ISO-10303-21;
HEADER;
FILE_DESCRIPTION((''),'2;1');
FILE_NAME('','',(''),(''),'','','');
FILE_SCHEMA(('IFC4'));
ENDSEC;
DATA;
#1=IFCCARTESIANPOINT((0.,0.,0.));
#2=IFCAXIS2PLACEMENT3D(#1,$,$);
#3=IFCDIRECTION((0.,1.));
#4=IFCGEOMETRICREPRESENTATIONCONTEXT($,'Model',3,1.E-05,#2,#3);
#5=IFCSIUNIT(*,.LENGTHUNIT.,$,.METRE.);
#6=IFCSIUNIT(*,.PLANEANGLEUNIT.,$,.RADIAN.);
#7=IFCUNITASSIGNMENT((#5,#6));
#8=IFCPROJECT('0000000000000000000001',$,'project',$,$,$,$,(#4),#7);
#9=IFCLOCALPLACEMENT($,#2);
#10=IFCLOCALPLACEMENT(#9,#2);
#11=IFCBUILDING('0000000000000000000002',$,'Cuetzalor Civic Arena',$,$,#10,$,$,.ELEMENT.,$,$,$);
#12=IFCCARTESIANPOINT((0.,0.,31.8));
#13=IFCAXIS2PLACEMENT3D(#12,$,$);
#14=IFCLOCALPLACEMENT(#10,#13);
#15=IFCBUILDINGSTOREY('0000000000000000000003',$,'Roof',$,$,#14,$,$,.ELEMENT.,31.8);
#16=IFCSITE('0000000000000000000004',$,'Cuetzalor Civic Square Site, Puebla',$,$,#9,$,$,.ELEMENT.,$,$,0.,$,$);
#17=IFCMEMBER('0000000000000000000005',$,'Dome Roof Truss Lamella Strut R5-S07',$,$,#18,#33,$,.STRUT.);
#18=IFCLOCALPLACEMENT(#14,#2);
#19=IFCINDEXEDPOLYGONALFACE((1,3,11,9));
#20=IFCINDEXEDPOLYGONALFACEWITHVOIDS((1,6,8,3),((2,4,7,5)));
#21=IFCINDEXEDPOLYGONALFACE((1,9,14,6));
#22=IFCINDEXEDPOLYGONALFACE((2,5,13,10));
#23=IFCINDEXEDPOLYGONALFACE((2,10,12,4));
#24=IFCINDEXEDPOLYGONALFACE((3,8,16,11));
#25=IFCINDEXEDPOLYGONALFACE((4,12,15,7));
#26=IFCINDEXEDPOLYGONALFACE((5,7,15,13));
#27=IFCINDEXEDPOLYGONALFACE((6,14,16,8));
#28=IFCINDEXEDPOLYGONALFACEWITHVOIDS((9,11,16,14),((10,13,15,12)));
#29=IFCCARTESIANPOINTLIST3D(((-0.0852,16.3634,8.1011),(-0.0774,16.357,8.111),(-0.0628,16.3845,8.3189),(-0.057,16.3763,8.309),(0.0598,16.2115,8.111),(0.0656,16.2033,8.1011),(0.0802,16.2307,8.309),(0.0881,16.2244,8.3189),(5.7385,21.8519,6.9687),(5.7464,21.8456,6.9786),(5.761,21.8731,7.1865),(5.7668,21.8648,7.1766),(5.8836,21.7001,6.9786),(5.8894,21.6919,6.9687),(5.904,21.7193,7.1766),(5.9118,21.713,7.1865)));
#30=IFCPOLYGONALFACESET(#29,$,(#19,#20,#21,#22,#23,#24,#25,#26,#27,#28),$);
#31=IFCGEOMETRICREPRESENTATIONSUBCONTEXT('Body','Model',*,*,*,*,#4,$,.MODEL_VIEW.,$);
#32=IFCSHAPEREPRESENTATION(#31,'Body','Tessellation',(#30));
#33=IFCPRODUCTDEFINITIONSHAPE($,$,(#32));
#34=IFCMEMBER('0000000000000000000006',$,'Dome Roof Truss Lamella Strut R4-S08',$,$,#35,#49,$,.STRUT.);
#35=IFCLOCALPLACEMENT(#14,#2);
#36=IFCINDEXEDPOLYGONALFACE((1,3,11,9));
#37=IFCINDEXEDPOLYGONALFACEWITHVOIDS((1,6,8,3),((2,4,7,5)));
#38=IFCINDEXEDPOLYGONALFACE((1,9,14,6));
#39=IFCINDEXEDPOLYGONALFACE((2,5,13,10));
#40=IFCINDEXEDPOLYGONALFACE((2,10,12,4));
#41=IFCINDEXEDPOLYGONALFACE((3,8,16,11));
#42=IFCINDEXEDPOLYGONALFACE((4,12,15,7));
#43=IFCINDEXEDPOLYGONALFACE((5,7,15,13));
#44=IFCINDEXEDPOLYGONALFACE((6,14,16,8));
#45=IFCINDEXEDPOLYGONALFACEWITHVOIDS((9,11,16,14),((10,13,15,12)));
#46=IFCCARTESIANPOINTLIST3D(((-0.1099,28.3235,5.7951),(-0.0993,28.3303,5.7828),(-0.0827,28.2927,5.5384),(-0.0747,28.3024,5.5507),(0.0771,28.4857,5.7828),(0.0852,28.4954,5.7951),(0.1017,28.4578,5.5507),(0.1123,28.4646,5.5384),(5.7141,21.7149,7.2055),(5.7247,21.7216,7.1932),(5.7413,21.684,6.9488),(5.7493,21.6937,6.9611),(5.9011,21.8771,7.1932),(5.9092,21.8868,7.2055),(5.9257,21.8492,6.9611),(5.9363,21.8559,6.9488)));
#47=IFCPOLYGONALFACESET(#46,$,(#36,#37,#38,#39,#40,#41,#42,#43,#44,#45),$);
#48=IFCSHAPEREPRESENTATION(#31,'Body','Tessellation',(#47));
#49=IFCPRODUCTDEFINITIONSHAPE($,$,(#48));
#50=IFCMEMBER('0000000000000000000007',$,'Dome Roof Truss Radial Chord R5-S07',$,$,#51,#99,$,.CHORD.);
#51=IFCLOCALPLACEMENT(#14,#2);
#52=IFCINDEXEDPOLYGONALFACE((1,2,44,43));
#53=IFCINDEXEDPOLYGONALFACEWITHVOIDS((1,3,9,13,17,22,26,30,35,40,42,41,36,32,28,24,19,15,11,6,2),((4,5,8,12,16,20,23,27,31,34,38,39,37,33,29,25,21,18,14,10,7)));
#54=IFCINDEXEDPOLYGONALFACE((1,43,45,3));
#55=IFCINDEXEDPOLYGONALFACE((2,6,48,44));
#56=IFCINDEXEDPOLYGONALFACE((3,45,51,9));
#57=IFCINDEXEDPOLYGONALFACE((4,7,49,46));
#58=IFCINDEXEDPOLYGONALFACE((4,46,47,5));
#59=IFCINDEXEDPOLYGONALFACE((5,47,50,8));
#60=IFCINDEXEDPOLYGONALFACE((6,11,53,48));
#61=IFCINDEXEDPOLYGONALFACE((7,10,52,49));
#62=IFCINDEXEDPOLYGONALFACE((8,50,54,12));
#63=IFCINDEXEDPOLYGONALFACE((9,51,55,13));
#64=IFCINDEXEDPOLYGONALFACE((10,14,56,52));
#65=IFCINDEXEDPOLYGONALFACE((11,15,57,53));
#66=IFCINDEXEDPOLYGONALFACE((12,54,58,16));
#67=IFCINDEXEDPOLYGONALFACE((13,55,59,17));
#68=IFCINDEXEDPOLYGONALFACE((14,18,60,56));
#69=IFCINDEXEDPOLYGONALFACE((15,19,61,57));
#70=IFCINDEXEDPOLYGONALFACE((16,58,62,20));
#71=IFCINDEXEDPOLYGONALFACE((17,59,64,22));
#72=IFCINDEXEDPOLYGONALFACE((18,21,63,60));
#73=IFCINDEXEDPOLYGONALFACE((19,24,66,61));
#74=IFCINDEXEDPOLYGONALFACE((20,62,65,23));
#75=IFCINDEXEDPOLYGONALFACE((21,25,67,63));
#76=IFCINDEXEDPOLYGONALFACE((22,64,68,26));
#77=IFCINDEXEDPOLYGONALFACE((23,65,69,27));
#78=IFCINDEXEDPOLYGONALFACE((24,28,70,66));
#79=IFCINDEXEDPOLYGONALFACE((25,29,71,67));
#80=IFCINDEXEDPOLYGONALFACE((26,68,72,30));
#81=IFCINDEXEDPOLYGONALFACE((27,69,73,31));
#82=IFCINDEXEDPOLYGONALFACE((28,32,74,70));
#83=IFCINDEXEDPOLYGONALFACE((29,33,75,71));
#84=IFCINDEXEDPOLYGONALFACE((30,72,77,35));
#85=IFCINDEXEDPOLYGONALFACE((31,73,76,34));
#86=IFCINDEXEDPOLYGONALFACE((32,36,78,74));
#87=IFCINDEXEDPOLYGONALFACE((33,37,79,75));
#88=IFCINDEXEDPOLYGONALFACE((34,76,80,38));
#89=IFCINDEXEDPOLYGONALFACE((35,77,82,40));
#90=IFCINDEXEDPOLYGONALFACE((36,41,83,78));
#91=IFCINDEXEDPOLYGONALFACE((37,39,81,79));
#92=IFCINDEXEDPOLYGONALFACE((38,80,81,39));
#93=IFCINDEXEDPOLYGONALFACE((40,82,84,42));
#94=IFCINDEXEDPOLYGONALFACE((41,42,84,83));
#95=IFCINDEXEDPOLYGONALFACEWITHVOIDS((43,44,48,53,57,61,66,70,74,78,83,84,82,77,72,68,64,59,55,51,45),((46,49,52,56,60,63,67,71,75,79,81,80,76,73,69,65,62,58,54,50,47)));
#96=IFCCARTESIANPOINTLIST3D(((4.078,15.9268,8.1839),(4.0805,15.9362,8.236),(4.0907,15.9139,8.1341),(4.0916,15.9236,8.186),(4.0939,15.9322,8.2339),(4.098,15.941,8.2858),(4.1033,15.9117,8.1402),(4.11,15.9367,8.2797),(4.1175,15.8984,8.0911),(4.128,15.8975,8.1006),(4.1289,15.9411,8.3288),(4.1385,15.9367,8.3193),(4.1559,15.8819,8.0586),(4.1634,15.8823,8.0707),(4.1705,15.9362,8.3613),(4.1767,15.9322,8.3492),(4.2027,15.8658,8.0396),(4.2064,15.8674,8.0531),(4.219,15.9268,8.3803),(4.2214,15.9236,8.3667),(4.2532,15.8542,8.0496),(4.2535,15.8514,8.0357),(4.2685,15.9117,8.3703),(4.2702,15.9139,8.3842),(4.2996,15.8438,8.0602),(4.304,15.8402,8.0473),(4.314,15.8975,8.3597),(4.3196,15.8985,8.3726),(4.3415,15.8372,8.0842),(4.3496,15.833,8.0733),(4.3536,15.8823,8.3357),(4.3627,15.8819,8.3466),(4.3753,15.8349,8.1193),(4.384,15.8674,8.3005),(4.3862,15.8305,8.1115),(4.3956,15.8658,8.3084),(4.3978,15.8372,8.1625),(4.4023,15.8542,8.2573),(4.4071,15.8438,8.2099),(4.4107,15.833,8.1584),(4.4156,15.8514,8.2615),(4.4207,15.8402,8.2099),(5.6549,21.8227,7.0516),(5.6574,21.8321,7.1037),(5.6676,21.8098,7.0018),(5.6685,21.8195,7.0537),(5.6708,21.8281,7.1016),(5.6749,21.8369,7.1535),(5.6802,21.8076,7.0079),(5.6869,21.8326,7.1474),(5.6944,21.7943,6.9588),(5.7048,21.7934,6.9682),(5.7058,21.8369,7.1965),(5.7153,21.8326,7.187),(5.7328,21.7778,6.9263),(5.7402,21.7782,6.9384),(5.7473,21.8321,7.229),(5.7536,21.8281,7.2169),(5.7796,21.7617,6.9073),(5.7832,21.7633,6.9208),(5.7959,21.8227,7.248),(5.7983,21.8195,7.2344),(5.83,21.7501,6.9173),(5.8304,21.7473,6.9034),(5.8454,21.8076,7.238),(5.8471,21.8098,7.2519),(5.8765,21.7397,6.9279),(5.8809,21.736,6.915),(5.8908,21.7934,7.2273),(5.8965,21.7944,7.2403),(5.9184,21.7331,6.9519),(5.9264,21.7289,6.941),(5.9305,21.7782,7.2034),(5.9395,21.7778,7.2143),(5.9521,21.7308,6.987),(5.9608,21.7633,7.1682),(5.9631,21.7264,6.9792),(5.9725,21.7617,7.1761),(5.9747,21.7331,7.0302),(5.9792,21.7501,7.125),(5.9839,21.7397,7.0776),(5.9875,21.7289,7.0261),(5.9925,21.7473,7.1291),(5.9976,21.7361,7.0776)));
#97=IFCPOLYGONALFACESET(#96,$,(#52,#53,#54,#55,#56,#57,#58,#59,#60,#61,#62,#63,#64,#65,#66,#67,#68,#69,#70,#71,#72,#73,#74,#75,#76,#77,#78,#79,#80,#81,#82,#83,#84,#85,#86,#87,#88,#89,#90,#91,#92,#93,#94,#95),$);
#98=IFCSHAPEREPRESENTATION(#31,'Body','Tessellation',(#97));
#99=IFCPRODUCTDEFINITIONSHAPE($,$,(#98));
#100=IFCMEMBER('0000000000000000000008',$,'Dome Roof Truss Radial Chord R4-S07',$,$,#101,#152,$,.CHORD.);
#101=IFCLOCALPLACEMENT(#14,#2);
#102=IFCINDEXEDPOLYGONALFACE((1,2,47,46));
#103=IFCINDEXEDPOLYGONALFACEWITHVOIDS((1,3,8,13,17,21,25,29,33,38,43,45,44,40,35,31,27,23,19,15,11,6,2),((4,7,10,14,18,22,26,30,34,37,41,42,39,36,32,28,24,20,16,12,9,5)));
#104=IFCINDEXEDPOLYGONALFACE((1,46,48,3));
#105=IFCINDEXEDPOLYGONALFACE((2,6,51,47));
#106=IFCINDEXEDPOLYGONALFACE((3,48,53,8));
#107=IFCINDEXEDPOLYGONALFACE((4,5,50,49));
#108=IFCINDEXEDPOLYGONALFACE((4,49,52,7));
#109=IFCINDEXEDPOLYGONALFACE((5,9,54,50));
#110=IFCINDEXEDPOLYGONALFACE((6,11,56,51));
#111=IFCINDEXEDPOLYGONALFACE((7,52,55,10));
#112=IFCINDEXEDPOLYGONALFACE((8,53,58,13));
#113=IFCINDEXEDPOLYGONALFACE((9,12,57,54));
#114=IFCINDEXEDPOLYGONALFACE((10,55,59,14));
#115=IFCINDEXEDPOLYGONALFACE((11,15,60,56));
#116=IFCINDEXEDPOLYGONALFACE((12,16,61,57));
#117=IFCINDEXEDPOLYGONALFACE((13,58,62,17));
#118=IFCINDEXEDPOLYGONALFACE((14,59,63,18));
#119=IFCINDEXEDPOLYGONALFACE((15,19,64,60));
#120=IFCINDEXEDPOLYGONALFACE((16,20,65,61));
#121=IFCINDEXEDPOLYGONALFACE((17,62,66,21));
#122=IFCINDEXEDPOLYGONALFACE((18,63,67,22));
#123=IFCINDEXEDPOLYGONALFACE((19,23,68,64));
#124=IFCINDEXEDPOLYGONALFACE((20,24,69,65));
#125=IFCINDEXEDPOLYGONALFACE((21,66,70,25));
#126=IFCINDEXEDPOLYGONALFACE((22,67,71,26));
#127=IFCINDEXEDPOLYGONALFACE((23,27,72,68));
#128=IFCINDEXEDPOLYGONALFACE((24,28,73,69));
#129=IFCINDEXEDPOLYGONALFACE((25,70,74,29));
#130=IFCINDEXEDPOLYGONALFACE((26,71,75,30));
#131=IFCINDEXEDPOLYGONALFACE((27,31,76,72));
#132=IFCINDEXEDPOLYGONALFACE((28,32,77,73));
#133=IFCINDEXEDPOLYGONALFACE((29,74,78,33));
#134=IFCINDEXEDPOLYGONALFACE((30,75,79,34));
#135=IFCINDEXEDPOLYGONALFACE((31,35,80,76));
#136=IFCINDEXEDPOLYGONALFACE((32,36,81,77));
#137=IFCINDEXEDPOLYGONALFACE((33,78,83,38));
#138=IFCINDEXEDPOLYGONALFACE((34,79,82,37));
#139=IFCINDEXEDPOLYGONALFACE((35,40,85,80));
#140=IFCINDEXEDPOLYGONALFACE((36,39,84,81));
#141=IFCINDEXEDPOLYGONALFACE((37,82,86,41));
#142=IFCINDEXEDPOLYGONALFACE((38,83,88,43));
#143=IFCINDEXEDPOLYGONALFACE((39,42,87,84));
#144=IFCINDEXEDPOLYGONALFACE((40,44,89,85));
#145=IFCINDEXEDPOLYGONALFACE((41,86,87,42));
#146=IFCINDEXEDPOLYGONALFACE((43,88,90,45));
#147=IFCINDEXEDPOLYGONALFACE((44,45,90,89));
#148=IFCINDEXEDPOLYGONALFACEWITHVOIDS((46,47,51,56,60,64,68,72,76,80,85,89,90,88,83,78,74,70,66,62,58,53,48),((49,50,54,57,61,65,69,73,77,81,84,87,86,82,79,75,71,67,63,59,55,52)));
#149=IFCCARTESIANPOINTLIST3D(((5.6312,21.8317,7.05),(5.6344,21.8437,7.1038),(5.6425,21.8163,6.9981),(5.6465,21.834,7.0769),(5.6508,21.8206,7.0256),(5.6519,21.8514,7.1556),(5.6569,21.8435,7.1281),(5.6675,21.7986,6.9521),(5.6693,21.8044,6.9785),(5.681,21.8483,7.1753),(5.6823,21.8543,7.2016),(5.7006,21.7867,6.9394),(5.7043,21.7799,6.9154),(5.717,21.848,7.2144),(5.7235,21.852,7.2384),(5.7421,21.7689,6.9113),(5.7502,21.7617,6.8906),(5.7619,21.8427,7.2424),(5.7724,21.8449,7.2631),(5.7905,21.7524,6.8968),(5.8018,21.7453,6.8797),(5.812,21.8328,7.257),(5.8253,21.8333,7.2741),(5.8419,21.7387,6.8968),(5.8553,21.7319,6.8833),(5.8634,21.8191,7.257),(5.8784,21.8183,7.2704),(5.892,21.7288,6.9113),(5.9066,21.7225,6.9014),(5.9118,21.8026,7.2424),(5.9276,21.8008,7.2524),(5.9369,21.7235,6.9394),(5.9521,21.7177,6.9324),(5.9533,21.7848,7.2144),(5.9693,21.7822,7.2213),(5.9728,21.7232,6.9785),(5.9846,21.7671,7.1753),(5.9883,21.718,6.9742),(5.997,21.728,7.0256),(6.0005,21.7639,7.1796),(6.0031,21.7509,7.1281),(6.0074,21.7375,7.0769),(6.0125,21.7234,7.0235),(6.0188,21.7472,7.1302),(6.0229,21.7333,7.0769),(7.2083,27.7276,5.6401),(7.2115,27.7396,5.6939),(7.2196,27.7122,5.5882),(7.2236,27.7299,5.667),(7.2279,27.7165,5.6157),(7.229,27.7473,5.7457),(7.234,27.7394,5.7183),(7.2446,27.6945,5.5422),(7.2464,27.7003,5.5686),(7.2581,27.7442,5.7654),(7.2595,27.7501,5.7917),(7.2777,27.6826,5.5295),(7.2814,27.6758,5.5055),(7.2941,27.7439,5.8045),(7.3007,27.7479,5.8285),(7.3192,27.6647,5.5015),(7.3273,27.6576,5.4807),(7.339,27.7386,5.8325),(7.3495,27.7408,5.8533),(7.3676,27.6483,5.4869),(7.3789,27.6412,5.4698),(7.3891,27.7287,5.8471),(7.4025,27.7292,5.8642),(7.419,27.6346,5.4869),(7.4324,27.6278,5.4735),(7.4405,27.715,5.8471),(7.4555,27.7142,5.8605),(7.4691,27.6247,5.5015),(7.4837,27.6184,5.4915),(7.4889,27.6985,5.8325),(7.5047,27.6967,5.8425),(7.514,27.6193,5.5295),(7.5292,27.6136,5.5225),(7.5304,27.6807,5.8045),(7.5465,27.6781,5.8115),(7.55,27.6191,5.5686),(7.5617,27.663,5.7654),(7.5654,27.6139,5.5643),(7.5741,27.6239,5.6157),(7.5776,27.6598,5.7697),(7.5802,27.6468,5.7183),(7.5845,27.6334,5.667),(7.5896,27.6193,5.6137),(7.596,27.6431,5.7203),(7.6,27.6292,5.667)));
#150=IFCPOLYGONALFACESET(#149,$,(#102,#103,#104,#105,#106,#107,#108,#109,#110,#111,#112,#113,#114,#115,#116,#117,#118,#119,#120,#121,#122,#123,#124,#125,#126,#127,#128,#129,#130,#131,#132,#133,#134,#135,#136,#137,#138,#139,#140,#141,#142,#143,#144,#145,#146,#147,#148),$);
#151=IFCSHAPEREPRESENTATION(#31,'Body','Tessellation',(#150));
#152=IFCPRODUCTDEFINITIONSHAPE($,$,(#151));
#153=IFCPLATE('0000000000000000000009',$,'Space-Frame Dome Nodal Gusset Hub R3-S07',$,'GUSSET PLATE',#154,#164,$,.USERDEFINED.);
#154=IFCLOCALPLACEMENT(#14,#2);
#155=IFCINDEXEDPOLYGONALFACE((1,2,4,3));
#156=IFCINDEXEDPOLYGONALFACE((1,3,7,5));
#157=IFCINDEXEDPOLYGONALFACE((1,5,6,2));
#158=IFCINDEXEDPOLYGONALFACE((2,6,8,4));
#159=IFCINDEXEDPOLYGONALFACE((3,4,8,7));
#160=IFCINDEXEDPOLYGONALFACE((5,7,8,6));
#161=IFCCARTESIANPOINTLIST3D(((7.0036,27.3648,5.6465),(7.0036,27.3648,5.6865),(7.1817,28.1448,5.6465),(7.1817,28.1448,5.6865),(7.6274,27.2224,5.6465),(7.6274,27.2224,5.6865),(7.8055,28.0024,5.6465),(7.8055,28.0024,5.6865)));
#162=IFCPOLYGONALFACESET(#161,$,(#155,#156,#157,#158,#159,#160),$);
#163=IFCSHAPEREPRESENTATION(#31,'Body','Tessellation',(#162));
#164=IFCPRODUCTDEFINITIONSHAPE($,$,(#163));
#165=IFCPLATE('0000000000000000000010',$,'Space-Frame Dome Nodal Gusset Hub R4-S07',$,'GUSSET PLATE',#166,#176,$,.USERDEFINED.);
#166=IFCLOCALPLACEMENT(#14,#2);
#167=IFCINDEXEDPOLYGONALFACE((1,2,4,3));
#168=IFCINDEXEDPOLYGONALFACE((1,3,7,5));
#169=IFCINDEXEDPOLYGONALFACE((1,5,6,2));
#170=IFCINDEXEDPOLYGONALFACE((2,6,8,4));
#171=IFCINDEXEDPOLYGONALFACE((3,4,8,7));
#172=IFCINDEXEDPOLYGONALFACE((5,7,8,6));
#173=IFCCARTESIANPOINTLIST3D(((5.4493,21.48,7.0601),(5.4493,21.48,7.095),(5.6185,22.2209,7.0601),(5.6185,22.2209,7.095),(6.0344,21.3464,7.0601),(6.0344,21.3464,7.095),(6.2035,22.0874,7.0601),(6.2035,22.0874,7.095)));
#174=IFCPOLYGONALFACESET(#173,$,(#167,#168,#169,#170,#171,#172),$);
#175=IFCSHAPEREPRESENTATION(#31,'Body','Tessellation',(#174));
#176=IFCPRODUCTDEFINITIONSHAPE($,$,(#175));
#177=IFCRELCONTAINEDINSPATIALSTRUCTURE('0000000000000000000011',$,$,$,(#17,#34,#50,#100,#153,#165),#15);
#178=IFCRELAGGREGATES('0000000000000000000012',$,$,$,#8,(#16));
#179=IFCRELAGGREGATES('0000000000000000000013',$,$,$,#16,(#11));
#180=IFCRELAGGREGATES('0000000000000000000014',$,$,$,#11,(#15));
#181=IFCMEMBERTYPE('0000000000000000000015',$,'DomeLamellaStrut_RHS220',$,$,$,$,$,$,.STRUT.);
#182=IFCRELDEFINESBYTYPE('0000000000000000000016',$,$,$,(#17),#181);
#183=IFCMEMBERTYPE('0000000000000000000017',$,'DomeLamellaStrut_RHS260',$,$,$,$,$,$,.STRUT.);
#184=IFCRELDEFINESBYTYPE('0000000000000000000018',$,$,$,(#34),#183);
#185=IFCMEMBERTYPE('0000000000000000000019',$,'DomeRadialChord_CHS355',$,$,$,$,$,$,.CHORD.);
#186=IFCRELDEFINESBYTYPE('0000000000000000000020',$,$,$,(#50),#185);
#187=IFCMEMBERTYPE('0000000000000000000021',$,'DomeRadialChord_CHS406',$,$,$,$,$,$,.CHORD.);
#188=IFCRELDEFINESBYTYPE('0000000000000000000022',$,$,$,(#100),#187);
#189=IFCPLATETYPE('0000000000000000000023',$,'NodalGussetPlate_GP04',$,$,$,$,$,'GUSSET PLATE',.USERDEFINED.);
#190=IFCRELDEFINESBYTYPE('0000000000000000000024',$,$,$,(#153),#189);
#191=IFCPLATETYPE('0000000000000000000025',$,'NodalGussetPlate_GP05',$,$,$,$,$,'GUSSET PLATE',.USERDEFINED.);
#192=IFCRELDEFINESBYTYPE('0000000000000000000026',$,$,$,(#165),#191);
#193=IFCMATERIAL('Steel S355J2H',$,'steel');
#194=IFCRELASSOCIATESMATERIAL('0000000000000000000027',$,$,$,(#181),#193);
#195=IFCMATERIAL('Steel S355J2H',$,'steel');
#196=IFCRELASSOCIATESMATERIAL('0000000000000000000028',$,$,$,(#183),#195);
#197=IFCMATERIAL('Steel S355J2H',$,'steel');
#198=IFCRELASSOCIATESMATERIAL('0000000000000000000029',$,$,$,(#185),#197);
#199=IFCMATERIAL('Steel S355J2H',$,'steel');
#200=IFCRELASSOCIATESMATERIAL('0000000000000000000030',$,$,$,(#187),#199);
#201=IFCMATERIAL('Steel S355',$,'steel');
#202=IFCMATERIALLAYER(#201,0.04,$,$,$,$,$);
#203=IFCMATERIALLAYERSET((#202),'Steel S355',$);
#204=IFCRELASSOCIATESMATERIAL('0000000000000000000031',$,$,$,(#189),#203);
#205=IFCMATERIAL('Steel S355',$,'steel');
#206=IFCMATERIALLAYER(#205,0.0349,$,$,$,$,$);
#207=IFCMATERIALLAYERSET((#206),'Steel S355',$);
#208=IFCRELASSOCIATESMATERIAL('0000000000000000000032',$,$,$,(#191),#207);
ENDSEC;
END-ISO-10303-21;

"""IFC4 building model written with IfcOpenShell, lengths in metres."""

from ifc_helpers import new_model, si_unit, direction, frame, origin, origin_2d, place, context, subcontext, project, spatial, rectangle, hollow_rectangle, hollow_circle, extrude, material, layer, layer_set, material_profile, profile_set, type_object, element, save


model = new_model("IFC4")

# Units and contexts
model_context = context("Model", 3, precision=1e-05, world=origin(), true_north=direction((0.0, 1.0)))
body_context = subcontext(model_context, "Body", "Model", "MODEL_VIEW")
ifc_project = project(units=[si_unit("LENGTHUNIT", "METRE"), si_unit("PLANEANGLEUNIT", "RADIAN")], contexts=[model_context])

# Site, building, storey
site_placement = place(None, origin())
site = spatial("IfcSite", under=ifc_project, at=site_placement, Name="Cuetzalor Civic Square Site, Puebla", CompositionType="ELEMENT", RefElevation=0.0)
building_placement = place(site_placement, origin())
building = spatial("IfcBuilding", under=site, at=building_placement, Name="Cuetzalor Civic Arena", CompositionType="ELEMENT")
storey_placement = place(building_placement, frame((0.0, 0.0, 31.8)))
storey = spatial("IfcBuildingStorey", under=building, at=storey_placement, Name="Roof", CompositionType="ELEMENT", Elevation=31.8)

# Members
ifc_material_1 = material(Name="Steel S355J2H", Category="steel")
ifc_material_profile_1 = material_profile(ifc_material_1, hollow_rectangle(XDim=0.22, YDim=0.22, WallThickness=0.01, at=origin_2d()), Name="RHS 220x220x10")
ifc_profile_set_1 = profile_set([ifc_material_profile_1], Name="Steel S355J2H")
member_type_1 = type_object("IfcMemberType", Name="DomeLamellaStrut_RHS220", PredefinedType="STRUT", material=ifc_profile_set_1)
member_1_placement = place(storey_placement, frame((5.8252, 21.7825, 7.0776), z_axis=(-0.720563, -0.679088, 0.140101), x_axis=(0.685853, -0.72774, 0.0)))
element("IfcMember", 1, at=member_1_placement, inside=storey, type_object=member_type_1, Name="Dome Roof Truss Lamella Strut R5-S07", PredefinedType="STRUT", context=body_context, shape_type="SweptSolid", body=[
    extrude(hollow_rectangle(XDim=0.22, YDim=0.22, WallThickness=0.01, at=origin_2d()), origin(), (0.0, 0.0, 1.0), 8.0823),
])
ifc_material_2 = material(Name="Steel S355J2H", Category="steel")
ifc_material_profile_2 = material_profile(ifc_material_2, hollow_rectangle(XDim=0.26, YDim=0.26, WallThickness=0.0125, at=origin_2d()), Name="RHS 260x260x12.5")
ifc_profile_set_2 = profile_set([ifc_material_profile_2], Name="Steel S355J2H")
member_type_2 = type_object("IfcMemberType", Name="DomeLamellaStrut_RHS260", PredefinedType="STRUT", material=ifc_profile_set_2)
member_2_placement = place(storey_placement, frame((0.0012, 28.394, 5.6667), z_axis=(0.652848, -0.740806, 0.158101), x_axis=(0.750242, 0.661163, 0.0)))
element("IfcMember", 2, at=member_2_placement, inside=storey, type_object=member_type_2, Name="Dome Roof Truss Lamella Strut R4-S08", PredefinedType="STRUT", context=body_context, shape_type="SweptSolid", body=[
    extrude(hollow_rectangle(XDim=0.26, YDim=0.26, WallThickness=0.0125, at=origin_2d()), origin(), (0.0, 0.0, 1.0), 8.9209),
])
ifc_material_3 = material(Name="Steel S355J2H", Category="steel")
ifc_material_profile_3 = material_profile(ifc_material_3, hollow_circle(Radius=0.1777, WallThickness=0.0142, at=origin_2d()), Name="CHS 355.6x14.2")
ifc_profile_set_3 = profile_set([ifc_material_profile_3], Name="Steel S355J2H")
member_type_3 = type_object("IfcMemberType", Name="DomeRadialChord_CHS355", PredefinedType="CHORD", material=ifc_profile_set_3)
member_3_placement = place(storey_placement, frame((5.8259, 21.782, 7.0776), z_axis=(-0.254037, -0.949837, 0.182416), x_axis=(0.966045, -0.258372, 0.0)))
element("IfcMember", 3, at=member_3_placement, inside=storey, type_object=member_type_3, Name="Dome Roof Truss Radial Chord R5-S07", PredefinedType="CHORD", context=body_context, shape_type="SweptSolid", body=[
    extrude(hollow_circle(Radius=0.1777, WallThickness=0.0142, at=origin_2d()), origin(), (0.0, 0.0, 1.0), 6.2073),
])
ifc_material_4 = material(Name="Steel S355J2H", Category="steel")
ifc_material_profile_4 = material_profile(ifc_material_4, hollow_circle(Radius=0.2029, WallThickness=0.0161, at=origin_2d()), Name="CHS 406x16")
ifc_profile_set_4 = profile_set([ifc_material_profile_4], Name="Steel S355J2H")
member_type_4 = type_object("IfcMemberType", Name="DomeRadialChord_CHS406", PredefinedType="CHORD", material=ifc_profile_set_4)
member_4_placement = place(storey_placement, frame((7.4041, 27.6816, 5.667), z_axis=(-0.251779, -0.941247, 0.225081), x_axis=(0.966035, -0.258409, 0.0)))
element("IfcMember", 4, at=member_4_placement, inside=storey, type_object=member_type_4, Name="Dome Roof Truss Radial Chord R4-S07", PredefinedType="CHORD", context=body_context, shape_type="SweptSolid", body=[
    extrude(hollow_circle(Radius=0.2029, WallThickness=0.0161, at=origin_2d()), origin(), (0.0, 0.0, 1.0), 6.2639),
])

# Plates
ifc_material_5 = material(Name="Steel S355", Category="steel")
ifc_layer_1 = layer(ifc_material_5, 0.04)
ifc_layer_set_1 = layer_set([ifc_layer_1], Name="Steel S355")
plate_type_1 = type_object("IfcPlateType", Name="NodalGussetPlate_GP04", ElementType="GUSSET PLATE", PredefinedType="USERDEFINED", material=ifc_layer_set_1)
plate_1_placement = place(storey_placement, frame((7.4045, 27.6836, 5.6465), z_axis=(0.0, 0.0, 1.0), x_axis=(0.22257, 0.974917, 0.0)))
element("IfcPlate", 5, at=plate_1_placement, inside=storey, type_object=plate_type_1, Name="Space-Frame Dome Nodal Gusset Hub R3-S07", ObjectType="GUSSET PLATE", PredefinedType="USERDEFINED", context=body_context, shape_type="SweptSolid", body=[
    extrude(rectangle(XDim=0.8, YDim=0.6399, at=origin_2d()), origin(), (0.0, 0.0, 1.0), 0.04),
])
ifc_material_6 = material(Name="Steel S355", Category="steel")
ifc_layer_2 = layer(ifc_material_6, 0.0349)
ifc_layer_set_2 = layer_set([ifc_layer_2], Name="Steel S355")
plate_type_2 = type_object("IfcPlateType", Name="NodalGussetPlate_GP05", ElementType="GUSSET PLATE", PredefinedType="USERDEFINED", material=ifc_layer_set_2)
plate_2_placement = place(storey_placement, frame((5.8264, 21.7837, 7.0601), z_axis=(0.0, 0.0, 1.0), x_axis=(0.22257, 0.974917, 0.0)))
element("IfcPlate", 6, at=plate_2_placement, inside=storey, type_object=plate_type_2, Name="Space-Frame Dome Nodal Gusset Hub R4-S07", ObjectType="GUSSET PLATE", PredefinedType="USERDEFINED", context=body_context, shape_type="SweptSolid", body=[
    extrude(rectangle(XDim=0.76, YDim=0.6001, at=origin_2d()), origin(), (0.0, 0.0, 1.0), 0.0349),
])

save(model, "model.ifc")
